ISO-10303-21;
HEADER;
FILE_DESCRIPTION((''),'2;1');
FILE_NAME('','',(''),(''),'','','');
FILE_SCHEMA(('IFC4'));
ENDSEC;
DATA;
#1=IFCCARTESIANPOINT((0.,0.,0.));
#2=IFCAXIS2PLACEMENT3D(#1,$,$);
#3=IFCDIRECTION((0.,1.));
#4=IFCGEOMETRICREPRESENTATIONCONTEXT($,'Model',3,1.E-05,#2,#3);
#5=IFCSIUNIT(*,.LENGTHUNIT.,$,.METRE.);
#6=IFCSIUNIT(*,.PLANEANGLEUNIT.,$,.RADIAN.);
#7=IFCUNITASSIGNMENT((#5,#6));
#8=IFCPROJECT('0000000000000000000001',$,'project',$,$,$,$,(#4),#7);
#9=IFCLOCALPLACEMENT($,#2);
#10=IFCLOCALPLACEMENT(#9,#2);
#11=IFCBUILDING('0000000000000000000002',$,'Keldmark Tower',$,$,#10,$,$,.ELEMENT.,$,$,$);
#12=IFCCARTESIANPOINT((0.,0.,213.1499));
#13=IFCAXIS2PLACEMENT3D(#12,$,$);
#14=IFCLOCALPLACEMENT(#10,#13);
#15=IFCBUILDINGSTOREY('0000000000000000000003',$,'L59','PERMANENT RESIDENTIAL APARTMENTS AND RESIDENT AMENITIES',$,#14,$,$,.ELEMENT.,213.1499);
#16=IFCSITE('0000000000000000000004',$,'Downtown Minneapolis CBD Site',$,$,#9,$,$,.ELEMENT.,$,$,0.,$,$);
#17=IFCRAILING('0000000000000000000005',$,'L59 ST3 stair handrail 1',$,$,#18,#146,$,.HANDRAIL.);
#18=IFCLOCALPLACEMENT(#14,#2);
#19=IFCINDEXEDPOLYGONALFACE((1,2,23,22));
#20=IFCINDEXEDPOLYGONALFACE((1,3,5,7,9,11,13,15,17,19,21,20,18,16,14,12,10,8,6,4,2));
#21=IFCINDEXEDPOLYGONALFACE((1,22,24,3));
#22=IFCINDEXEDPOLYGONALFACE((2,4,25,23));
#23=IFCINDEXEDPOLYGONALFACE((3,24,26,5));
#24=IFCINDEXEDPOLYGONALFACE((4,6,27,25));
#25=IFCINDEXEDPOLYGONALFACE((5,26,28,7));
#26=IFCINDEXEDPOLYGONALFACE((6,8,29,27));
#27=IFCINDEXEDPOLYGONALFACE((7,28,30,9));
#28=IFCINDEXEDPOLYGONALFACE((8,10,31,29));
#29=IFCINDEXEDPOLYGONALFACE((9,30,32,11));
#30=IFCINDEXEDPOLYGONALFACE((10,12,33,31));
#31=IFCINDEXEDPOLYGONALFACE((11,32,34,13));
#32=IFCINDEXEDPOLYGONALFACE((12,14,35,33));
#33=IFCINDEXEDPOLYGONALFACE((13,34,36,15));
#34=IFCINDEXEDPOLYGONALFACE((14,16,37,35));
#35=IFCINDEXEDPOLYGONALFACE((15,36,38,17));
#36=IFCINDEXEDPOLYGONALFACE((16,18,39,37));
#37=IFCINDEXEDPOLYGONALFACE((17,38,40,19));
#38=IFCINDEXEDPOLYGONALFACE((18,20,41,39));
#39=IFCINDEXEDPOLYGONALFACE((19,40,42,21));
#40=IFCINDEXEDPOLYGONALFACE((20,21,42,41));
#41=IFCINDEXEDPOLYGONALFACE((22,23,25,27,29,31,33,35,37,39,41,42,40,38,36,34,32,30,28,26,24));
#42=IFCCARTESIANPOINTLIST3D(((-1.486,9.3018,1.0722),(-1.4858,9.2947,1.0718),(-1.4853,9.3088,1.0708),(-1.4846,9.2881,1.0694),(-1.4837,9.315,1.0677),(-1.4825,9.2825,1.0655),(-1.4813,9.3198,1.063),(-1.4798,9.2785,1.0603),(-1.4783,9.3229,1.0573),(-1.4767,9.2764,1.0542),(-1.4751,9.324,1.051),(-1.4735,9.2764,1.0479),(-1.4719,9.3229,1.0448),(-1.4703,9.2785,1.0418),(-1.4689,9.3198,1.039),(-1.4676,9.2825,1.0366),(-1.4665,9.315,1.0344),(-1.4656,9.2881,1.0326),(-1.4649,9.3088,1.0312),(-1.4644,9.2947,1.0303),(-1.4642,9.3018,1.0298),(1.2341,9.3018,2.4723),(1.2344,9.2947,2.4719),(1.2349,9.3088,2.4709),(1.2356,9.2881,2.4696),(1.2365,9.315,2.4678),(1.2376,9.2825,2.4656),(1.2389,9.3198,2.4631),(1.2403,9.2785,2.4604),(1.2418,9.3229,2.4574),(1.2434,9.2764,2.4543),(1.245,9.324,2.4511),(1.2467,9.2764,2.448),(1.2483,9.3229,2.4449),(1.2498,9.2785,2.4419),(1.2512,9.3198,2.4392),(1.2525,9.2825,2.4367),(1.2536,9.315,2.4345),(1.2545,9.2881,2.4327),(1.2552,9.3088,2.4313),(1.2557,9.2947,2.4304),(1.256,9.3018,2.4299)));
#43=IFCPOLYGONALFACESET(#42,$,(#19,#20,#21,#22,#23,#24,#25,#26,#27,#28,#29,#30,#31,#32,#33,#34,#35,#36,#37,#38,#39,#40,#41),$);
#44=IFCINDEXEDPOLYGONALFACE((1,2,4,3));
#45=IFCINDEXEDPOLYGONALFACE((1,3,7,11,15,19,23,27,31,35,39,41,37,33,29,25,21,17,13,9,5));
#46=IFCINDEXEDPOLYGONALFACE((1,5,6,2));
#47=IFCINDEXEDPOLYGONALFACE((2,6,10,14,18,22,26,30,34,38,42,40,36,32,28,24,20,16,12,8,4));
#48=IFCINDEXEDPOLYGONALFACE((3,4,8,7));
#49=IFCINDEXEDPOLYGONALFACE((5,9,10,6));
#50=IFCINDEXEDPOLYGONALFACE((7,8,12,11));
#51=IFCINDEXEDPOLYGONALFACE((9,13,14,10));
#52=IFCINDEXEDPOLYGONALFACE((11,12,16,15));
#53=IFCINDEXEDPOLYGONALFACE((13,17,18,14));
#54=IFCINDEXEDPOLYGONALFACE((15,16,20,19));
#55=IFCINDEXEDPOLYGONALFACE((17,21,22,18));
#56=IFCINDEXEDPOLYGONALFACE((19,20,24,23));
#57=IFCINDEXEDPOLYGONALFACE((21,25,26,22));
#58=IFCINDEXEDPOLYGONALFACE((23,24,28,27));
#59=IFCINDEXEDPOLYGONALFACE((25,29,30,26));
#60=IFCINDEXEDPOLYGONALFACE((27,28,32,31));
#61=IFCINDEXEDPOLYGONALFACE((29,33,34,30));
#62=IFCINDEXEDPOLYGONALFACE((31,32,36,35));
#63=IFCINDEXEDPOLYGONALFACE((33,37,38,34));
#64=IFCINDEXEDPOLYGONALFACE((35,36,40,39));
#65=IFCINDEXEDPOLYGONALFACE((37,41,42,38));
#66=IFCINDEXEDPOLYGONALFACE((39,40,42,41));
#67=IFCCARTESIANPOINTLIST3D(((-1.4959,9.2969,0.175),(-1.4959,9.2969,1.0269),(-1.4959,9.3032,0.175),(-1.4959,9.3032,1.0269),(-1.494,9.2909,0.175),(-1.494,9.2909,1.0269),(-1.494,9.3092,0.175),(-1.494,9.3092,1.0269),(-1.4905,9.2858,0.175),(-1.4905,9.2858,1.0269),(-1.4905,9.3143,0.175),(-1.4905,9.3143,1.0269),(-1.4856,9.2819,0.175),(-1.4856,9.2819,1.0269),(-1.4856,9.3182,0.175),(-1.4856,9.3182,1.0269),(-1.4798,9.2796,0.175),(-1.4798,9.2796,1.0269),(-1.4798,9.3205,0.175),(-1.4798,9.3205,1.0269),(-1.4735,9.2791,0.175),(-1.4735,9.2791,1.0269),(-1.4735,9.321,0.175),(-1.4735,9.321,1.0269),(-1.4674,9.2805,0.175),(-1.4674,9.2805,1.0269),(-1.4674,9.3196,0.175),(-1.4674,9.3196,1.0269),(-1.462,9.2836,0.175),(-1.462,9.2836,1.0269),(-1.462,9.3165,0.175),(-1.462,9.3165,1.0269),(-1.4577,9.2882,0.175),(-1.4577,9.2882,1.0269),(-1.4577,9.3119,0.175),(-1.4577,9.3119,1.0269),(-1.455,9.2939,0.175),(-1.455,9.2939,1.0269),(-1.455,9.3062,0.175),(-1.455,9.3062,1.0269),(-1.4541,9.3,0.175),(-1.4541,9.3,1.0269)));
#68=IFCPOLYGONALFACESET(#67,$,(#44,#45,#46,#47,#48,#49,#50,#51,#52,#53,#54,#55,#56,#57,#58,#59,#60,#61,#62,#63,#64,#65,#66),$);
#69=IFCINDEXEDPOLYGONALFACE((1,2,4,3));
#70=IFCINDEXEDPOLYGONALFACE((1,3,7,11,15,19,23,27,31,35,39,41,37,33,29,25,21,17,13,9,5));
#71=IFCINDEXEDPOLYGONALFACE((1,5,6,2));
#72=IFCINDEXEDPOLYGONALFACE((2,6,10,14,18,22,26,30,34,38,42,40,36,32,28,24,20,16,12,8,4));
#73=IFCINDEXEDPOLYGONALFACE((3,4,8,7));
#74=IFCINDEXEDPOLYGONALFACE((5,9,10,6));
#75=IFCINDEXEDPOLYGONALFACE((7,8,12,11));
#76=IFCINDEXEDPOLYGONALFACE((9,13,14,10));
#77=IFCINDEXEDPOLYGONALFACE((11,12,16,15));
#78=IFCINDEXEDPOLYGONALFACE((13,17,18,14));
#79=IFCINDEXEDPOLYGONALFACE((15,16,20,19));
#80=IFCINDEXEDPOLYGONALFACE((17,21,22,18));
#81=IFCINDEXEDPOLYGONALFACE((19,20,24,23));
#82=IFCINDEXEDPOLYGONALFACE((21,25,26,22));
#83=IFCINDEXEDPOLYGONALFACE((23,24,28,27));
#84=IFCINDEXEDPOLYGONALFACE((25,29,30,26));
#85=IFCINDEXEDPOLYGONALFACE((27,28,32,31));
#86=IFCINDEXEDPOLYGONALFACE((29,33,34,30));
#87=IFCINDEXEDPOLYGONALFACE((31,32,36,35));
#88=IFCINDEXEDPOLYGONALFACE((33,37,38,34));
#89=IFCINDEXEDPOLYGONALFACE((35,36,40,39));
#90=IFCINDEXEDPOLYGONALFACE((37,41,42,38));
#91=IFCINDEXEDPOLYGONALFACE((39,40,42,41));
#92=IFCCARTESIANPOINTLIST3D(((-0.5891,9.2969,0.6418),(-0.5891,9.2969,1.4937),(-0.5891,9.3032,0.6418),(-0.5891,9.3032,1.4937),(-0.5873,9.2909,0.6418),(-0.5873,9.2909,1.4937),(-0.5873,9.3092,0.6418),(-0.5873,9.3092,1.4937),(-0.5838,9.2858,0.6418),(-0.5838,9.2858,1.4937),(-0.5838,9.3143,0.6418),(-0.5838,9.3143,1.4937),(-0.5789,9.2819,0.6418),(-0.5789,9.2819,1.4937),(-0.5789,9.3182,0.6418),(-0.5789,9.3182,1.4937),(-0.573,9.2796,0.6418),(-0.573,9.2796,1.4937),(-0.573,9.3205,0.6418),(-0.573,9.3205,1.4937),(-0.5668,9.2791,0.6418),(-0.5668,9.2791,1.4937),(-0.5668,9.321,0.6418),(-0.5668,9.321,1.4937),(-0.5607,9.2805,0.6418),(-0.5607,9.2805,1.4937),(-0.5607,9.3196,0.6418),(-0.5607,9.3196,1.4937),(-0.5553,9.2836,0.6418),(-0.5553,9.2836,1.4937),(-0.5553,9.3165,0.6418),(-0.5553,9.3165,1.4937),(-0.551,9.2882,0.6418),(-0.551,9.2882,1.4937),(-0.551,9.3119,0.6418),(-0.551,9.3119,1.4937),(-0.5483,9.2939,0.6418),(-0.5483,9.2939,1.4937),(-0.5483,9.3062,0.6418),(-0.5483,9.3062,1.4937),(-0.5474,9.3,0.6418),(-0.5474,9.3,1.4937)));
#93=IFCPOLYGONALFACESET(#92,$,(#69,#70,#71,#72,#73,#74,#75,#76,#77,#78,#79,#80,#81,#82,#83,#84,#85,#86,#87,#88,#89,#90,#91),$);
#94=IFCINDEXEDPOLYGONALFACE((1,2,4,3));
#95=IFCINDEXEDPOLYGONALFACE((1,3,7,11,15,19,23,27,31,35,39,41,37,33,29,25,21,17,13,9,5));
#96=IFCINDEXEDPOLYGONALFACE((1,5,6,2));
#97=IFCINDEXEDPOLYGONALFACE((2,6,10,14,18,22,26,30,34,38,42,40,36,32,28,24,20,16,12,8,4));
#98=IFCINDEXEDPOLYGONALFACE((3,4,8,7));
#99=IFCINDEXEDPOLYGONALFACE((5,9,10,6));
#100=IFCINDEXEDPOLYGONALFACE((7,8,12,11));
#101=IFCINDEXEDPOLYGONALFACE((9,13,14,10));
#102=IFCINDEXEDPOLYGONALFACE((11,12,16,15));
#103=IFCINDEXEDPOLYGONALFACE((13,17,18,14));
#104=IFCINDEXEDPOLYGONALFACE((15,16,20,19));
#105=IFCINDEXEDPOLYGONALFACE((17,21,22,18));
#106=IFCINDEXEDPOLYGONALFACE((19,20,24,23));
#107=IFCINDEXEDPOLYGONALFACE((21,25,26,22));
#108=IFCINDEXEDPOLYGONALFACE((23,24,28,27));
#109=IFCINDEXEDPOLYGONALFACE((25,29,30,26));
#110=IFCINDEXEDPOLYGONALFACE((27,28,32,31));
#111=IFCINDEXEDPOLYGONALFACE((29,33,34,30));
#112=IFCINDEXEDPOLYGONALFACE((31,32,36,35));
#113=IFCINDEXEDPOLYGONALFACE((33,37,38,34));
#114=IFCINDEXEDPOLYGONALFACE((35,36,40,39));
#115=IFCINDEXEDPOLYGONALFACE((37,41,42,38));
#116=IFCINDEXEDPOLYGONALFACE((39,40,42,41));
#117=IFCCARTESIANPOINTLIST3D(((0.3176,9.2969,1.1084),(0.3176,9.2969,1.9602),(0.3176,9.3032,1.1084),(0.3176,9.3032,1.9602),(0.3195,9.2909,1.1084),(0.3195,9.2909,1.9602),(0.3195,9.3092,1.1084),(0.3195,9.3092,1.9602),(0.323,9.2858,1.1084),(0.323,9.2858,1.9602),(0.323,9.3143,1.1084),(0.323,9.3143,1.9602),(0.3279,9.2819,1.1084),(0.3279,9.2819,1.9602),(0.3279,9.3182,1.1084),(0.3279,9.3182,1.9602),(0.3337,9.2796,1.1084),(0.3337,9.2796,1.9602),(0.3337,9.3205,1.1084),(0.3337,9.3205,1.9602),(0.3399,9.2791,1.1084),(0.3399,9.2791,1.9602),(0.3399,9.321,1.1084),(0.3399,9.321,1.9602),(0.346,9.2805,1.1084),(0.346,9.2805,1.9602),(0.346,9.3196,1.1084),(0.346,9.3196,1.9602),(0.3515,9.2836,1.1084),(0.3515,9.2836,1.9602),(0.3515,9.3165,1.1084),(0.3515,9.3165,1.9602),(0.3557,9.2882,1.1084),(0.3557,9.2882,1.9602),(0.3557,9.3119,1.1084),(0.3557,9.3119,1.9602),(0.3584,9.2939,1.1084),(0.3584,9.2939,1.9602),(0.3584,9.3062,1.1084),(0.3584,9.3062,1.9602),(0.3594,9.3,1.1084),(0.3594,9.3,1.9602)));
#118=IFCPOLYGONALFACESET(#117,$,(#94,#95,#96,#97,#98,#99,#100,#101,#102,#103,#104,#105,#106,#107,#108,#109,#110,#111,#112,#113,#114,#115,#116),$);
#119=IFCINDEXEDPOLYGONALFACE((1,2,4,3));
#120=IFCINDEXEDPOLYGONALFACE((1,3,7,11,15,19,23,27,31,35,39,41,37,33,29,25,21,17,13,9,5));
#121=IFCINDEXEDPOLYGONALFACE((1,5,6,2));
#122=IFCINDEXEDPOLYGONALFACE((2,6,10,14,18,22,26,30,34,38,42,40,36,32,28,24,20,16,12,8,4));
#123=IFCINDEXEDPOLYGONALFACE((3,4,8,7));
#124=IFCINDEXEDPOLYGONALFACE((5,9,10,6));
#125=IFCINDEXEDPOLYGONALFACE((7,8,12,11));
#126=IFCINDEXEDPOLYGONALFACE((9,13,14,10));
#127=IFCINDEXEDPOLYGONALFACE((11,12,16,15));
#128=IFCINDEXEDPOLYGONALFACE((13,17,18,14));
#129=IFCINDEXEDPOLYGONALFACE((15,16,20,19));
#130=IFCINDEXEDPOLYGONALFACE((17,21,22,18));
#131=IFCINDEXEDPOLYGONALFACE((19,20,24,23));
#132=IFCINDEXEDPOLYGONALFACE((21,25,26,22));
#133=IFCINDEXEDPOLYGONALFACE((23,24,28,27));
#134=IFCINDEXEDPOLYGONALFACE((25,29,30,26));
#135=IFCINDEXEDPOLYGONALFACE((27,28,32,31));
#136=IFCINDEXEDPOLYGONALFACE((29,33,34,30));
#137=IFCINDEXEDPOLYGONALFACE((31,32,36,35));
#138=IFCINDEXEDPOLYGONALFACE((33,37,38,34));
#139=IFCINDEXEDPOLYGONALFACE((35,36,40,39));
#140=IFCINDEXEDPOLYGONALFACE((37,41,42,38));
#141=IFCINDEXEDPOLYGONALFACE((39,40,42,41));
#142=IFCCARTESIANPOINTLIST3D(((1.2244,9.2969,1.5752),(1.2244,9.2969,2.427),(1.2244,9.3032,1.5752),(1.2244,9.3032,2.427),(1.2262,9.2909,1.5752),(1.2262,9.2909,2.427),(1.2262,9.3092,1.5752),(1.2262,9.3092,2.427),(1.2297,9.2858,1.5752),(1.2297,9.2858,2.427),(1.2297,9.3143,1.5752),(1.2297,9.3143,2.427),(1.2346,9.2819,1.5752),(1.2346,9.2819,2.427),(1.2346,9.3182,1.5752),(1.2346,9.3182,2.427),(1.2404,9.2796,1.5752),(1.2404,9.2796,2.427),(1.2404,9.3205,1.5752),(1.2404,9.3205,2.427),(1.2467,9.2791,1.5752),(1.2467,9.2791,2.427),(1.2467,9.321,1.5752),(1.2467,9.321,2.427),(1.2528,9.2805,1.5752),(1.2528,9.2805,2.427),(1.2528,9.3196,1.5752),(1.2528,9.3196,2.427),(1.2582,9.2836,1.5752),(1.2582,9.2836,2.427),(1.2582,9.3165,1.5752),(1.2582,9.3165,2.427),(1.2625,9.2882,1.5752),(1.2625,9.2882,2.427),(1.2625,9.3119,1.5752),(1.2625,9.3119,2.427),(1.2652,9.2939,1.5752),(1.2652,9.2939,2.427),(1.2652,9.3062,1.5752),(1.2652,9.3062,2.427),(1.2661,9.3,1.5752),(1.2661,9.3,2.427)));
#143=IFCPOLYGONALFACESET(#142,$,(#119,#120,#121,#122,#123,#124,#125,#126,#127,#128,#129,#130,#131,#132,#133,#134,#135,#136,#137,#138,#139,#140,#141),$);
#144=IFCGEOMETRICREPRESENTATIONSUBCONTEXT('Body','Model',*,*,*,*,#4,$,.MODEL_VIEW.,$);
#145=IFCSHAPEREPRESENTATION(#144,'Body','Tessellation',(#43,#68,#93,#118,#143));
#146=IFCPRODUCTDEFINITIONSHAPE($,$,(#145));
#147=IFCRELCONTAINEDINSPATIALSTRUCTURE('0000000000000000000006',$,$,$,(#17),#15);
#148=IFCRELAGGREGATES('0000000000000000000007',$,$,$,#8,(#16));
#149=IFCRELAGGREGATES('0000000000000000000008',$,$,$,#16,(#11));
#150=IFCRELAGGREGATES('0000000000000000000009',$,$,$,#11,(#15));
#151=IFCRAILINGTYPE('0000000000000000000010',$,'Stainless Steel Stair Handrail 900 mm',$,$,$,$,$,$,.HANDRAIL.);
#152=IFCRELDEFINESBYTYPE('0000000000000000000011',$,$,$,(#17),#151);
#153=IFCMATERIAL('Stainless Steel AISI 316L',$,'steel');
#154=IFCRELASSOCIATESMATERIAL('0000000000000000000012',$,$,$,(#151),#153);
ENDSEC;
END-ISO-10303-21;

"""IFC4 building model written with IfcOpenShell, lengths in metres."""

from ifc_helpers import new_model, si_unit, direction, frame, origin, origin_2d, place, context, subcontext, project, spatial, circle, extrude, material, type_object, element, save


model = new_model("IFC4")

# Units and contexts
model_context = context("Model", 3, precision=1e-05, world=origin(), true_north=direction((0.0, 1.0)))
body_context = subcontext(model_context, "Body", "Model", "MODEL_VIEW")
ifc_project = project(units=[si_unit("LENGTHUNIT", "METRE"), si_unit("PLANEANGLEUNIT", "RADIAN")], contexts=[model_context])

# Site, building, storey
site_placement = place(None, origin())
site = spatial("IfcSite", under=ifc_project, at=site_placement, Name="Downtown Minneapolis CBD Site", CompositionType="ELEMENT", RefElevation=0.0)
building_placement = place(site_placement, origin())
building = spatial("IfcBuilding", under=site, at=building_placement, Name="Keldmark Tower", CompositionType="ELEMENT")
storey_placement = place(building_placement, frame((0.0, 0.0, 213.1499)))
storey = spatial("IfcBuildingStorey", under=building, at=storey_placement, Name="L59", Description="PERMANENT RESIDENTIAL APARTMENTS AND RESIDENT AMENITIES", CompositionType="ELEMENT", Elevation=213.1499)

# Railing
ifc_material_1 = material(Name="Stainless Steel AISI 316L", Category="steel")
railing_type_1 = type_object("IfcRailingType", Name="Stainless Steel Stair Handrail 900 mm", PredefinedType="HANDRAIL", material=ifc_material_1)
railing_1_placement = place(storey_placement, frame((-1.4751, 9.3, 0.175)))
element("IfcRailing", 1, at=railing_1_placement, inside=storey, type_object=railing_type_1, Name="L59 ST3 stair handrail 1", PredefinedType="HANDRAIL", context=body_context, shape_type="SweptSolid", body=[
    extrude(circle(Radius=0.0239, at=origin_2d()), frame((0.0, 0.0, 0.876), z_axis=(0.889131, 0.0, 0.457653), x_axis=(0.0, 1.0, 0.0)), (0.0, 0.0, 1.0), 3.0593),
    extrude(circle(Radius=0.021, at=origin_2d()), origin(), (0.0, 0.0, 1.0), 0.8518),
    extrude(circle(Radius=0.021, at=origin_2d()), frame((0.9067, 0.0, 0.4668)), (0.0, 0.0, 1.0), 0.8518),
    extrude(circle(Radius=0.021, at=origin_2d()), frame((1.8135, 0.0, 0.9333)), (0.0, 0.0, 1.0), 0.8518),
    extrude(circle(Radius=0.021, at=origin_2d()), frame((2.7202, 0.0, 1.4001)), (0.0, 0.0, 1.0), 0.8518),
])

save(model, "model.ifc")
